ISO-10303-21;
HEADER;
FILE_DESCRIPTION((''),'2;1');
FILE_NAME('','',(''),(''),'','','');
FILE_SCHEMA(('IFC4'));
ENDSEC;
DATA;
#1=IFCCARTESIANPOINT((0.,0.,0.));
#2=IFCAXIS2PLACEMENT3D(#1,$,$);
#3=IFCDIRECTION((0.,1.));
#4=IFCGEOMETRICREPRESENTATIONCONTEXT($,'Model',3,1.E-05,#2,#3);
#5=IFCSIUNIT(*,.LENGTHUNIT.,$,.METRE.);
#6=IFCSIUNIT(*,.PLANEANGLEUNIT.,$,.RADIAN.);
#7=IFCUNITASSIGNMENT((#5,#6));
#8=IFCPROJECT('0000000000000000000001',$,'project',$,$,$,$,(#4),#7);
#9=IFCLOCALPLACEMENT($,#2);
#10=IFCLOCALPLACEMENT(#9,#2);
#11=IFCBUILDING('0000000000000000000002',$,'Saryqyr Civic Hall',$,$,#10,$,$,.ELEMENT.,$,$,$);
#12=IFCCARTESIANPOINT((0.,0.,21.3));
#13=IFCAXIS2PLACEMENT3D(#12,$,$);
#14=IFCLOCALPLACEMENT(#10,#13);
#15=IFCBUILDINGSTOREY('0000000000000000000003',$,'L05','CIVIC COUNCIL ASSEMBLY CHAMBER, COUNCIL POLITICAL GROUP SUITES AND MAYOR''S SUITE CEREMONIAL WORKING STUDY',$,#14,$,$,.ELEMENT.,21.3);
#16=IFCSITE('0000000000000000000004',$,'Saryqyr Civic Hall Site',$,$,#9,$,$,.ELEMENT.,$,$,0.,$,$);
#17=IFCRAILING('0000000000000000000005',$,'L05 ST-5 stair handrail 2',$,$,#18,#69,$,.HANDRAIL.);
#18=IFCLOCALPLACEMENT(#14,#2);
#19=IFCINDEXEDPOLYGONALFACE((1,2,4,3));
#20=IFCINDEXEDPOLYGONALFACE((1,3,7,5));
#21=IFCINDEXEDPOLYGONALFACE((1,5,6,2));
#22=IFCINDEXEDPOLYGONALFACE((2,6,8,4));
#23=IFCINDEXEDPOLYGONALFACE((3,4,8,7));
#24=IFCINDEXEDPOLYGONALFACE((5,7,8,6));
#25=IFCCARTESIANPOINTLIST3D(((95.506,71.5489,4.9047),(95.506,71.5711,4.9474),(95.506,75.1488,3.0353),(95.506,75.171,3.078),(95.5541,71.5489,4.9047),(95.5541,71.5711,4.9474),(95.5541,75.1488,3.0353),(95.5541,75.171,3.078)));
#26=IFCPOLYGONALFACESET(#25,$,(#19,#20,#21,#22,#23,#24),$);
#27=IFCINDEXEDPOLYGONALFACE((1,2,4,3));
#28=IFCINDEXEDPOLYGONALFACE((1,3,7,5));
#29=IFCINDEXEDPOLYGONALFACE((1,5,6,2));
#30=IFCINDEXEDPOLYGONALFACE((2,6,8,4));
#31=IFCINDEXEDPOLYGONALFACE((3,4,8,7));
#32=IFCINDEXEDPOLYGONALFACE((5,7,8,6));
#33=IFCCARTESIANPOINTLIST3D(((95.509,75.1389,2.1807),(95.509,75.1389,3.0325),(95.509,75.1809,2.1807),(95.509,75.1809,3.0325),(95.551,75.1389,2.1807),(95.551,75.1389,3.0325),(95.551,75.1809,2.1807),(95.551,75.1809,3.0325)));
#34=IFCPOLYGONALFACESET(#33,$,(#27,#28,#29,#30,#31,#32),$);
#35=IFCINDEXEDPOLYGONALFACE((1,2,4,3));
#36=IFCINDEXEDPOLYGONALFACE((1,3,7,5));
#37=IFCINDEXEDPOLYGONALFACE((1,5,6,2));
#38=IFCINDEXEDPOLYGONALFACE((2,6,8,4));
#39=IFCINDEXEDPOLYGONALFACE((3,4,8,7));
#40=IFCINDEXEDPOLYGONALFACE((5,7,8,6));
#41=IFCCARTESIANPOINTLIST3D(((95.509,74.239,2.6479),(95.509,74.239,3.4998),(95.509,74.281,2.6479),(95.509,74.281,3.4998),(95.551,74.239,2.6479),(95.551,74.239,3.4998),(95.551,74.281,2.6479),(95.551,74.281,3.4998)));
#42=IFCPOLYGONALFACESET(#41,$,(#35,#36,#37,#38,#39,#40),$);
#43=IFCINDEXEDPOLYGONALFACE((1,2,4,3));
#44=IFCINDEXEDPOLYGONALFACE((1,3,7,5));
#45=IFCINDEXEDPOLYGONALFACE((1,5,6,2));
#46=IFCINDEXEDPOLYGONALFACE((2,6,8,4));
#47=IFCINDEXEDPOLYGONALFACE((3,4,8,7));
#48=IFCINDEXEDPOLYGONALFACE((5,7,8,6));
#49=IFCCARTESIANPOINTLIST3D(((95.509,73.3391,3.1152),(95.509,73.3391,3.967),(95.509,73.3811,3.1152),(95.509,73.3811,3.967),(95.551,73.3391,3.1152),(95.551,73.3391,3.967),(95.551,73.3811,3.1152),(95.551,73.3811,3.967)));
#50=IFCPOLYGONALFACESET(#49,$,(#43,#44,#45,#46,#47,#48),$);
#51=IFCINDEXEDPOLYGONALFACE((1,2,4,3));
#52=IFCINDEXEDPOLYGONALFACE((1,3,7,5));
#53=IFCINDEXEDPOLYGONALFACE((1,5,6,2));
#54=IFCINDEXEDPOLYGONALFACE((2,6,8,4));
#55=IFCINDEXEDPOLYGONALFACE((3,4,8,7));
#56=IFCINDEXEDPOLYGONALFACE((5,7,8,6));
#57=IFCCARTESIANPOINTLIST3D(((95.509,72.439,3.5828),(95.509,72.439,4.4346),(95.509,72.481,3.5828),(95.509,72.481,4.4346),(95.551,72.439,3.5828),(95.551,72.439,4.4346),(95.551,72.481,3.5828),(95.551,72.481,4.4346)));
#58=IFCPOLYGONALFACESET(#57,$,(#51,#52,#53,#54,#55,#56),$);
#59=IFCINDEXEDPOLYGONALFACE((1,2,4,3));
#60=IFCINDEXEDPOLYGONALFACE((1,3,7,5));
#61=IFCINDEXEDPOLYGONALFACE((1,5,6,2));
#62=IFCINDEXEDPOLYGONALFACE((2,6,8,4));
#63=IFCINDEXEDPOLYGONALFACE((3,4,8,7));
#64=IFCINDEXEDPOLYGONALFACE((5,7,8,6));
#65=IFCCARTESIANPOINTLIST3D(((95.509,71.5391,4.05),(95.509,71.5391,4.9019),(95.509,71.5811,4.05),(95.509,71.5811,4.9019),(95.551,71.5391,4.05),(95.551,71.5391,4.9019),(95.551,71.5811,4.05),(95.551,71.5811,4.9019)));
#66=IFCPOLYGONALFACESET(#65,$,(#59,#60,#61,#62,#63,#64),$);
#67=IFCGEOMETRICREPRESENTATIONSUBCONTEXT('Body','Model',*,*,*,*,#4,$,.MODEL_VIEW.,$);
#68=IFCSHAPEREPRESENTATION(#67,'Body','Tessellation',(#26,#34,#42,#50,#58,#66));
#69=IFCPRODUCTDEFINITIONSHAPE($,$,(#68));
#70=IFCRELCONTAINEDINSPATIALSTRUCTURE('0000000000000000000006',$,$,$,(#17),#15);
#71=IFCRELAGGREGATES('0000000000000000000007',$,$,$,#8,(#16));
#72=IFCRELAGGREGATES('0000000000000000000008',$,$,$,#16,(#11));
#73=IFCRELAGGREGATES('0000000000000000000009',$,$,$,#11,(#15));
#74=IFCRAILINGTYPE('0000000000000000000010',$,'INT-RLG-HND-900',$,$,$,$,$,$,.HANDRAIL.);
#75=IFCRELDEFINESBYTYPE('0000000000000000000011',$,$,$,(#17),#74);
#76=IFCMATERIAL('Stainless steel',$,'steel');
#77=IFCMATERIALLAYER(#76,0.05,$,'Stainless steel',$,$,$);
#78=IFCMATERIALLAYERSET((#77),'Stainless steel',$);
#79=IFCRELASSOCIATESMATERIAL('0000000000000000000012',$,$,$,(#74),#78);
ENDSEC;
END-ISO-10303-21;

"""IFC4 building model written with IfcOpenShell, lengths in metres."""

from ifc_helpers import new_model, si_unit, direction, frame, origin, origin_2d, place, context, subcontext, project, spatial, rectangle, extrude, material, layer, layer_set, type_object, element, save


model = new_model("IFC4")

# Units and contexts
model_context = context("Model", 3, precision=1e-05, world=origin(), true_north=direction((0.0, 1.0)))
body_context = subcontext(model_context, "Body", "Model", "MODEL_VIEW")
ifc_project = project(units=[si_unit("LENGTHUNIT", "METRE"), si_unit("PLANEANGLEUNIT", "RADIAN")], contexts=[model_context])

# Site, building, storey
site_placement = place(None, origin())
site = spatial("IfcSite", under=ifc_project, at=site_placement, Name="Saryqyr Civic Hall Site", CompositionType="ELEMENT", RefElevation=0.0)
building_placement = place(site_placement, origin())
building = spatial("IfcBuilding", under=site, at=building_placement, Name="Saryqyr Civic Hall", CompositionType="ELEMENT")
storey_placement = place(building_placement, frame((0.0, 0.0, 21.3)))
storey = spatial("IfcBuildingStorey", under=building, at=storey_placement, Name="L05", Description="CIVIC COUNCIL ASSEMBLY CHAMBER, COUNCIL POLITICAL GROUP SUITES AND MAYOR'S SUITE CEREMONIAL WORKING STUDY", CompositionType="ELEMENT", Elevation=21.3)

# Railing
ifc_material_1 = material(Name="Stainless steel", Category="steel")
ifc_layer_1 = layer(ifc_material_1, 0.05, Name="Stainless steel")
ifc_layer_set_1 = layer_set([ifc_layer_1], Name="Stainless steel")
railing_type_1 = type_object("IfcRailingType", Name="INT-RLG-HND-900", PredefinedType="HANDRAIL", material=ifc_layer_set_1)
railing_1_placement = place(storey_placement, frame((95.53, 75.1599, 2.1807)))
element("IfcRailing", 1, at=railing_1_placement, inside=storey, type_object=railing_type_1, Name="L05 ST-5 stair handrail 2", PredefinedType="HANDRAIL", context=body_context, shape_type="SweptSolid", body=[
    extrude(rectangle(XDim=0.0481, YDim=0.0481, at=origin_2d()), frame((0.0, 0.0, 0.876), z_axis=(0.0, -0.887473, 0.46086), x_axis=(1.0, 0.0, 0.0)), (0.0, 0.0, 1.0), 4.0564),
    extrude(rectangle(XDim=0.042, YDim=0.042, at=origin_2d()), origin(), (0.0, 0.0, 1.0), 0.8518),
    extrude(rectangle(XDim=0.042, YDim=0.042, at=origin_2d()), frame((0.0, -0.8999, 0.4673)), (0.0, 0.0, 1.0), 0.8518),
    extrude(rectangle(XDim=0.042, YDim=0.042, at=origin_2d()), frame((0.0, -1.7998, 0.9346)), (0.0, 0.0, 1.0), 0.8518),
    extrude(rectangle(XDim=0.042, YDim=0.042, at=origin_2d()), frame((0.0, -2.7, 1.4021)), (0.0, 0.0, 1.0), 0.8518),
    extrude(rectangle(XDim=0.042, YDim=0.042, at=origin_2d()), frame((0.0, -3.5999, 1.8694)), (0.0, 0.0, 1.0), 0.8518),
])

save(model, "model.ifc")
